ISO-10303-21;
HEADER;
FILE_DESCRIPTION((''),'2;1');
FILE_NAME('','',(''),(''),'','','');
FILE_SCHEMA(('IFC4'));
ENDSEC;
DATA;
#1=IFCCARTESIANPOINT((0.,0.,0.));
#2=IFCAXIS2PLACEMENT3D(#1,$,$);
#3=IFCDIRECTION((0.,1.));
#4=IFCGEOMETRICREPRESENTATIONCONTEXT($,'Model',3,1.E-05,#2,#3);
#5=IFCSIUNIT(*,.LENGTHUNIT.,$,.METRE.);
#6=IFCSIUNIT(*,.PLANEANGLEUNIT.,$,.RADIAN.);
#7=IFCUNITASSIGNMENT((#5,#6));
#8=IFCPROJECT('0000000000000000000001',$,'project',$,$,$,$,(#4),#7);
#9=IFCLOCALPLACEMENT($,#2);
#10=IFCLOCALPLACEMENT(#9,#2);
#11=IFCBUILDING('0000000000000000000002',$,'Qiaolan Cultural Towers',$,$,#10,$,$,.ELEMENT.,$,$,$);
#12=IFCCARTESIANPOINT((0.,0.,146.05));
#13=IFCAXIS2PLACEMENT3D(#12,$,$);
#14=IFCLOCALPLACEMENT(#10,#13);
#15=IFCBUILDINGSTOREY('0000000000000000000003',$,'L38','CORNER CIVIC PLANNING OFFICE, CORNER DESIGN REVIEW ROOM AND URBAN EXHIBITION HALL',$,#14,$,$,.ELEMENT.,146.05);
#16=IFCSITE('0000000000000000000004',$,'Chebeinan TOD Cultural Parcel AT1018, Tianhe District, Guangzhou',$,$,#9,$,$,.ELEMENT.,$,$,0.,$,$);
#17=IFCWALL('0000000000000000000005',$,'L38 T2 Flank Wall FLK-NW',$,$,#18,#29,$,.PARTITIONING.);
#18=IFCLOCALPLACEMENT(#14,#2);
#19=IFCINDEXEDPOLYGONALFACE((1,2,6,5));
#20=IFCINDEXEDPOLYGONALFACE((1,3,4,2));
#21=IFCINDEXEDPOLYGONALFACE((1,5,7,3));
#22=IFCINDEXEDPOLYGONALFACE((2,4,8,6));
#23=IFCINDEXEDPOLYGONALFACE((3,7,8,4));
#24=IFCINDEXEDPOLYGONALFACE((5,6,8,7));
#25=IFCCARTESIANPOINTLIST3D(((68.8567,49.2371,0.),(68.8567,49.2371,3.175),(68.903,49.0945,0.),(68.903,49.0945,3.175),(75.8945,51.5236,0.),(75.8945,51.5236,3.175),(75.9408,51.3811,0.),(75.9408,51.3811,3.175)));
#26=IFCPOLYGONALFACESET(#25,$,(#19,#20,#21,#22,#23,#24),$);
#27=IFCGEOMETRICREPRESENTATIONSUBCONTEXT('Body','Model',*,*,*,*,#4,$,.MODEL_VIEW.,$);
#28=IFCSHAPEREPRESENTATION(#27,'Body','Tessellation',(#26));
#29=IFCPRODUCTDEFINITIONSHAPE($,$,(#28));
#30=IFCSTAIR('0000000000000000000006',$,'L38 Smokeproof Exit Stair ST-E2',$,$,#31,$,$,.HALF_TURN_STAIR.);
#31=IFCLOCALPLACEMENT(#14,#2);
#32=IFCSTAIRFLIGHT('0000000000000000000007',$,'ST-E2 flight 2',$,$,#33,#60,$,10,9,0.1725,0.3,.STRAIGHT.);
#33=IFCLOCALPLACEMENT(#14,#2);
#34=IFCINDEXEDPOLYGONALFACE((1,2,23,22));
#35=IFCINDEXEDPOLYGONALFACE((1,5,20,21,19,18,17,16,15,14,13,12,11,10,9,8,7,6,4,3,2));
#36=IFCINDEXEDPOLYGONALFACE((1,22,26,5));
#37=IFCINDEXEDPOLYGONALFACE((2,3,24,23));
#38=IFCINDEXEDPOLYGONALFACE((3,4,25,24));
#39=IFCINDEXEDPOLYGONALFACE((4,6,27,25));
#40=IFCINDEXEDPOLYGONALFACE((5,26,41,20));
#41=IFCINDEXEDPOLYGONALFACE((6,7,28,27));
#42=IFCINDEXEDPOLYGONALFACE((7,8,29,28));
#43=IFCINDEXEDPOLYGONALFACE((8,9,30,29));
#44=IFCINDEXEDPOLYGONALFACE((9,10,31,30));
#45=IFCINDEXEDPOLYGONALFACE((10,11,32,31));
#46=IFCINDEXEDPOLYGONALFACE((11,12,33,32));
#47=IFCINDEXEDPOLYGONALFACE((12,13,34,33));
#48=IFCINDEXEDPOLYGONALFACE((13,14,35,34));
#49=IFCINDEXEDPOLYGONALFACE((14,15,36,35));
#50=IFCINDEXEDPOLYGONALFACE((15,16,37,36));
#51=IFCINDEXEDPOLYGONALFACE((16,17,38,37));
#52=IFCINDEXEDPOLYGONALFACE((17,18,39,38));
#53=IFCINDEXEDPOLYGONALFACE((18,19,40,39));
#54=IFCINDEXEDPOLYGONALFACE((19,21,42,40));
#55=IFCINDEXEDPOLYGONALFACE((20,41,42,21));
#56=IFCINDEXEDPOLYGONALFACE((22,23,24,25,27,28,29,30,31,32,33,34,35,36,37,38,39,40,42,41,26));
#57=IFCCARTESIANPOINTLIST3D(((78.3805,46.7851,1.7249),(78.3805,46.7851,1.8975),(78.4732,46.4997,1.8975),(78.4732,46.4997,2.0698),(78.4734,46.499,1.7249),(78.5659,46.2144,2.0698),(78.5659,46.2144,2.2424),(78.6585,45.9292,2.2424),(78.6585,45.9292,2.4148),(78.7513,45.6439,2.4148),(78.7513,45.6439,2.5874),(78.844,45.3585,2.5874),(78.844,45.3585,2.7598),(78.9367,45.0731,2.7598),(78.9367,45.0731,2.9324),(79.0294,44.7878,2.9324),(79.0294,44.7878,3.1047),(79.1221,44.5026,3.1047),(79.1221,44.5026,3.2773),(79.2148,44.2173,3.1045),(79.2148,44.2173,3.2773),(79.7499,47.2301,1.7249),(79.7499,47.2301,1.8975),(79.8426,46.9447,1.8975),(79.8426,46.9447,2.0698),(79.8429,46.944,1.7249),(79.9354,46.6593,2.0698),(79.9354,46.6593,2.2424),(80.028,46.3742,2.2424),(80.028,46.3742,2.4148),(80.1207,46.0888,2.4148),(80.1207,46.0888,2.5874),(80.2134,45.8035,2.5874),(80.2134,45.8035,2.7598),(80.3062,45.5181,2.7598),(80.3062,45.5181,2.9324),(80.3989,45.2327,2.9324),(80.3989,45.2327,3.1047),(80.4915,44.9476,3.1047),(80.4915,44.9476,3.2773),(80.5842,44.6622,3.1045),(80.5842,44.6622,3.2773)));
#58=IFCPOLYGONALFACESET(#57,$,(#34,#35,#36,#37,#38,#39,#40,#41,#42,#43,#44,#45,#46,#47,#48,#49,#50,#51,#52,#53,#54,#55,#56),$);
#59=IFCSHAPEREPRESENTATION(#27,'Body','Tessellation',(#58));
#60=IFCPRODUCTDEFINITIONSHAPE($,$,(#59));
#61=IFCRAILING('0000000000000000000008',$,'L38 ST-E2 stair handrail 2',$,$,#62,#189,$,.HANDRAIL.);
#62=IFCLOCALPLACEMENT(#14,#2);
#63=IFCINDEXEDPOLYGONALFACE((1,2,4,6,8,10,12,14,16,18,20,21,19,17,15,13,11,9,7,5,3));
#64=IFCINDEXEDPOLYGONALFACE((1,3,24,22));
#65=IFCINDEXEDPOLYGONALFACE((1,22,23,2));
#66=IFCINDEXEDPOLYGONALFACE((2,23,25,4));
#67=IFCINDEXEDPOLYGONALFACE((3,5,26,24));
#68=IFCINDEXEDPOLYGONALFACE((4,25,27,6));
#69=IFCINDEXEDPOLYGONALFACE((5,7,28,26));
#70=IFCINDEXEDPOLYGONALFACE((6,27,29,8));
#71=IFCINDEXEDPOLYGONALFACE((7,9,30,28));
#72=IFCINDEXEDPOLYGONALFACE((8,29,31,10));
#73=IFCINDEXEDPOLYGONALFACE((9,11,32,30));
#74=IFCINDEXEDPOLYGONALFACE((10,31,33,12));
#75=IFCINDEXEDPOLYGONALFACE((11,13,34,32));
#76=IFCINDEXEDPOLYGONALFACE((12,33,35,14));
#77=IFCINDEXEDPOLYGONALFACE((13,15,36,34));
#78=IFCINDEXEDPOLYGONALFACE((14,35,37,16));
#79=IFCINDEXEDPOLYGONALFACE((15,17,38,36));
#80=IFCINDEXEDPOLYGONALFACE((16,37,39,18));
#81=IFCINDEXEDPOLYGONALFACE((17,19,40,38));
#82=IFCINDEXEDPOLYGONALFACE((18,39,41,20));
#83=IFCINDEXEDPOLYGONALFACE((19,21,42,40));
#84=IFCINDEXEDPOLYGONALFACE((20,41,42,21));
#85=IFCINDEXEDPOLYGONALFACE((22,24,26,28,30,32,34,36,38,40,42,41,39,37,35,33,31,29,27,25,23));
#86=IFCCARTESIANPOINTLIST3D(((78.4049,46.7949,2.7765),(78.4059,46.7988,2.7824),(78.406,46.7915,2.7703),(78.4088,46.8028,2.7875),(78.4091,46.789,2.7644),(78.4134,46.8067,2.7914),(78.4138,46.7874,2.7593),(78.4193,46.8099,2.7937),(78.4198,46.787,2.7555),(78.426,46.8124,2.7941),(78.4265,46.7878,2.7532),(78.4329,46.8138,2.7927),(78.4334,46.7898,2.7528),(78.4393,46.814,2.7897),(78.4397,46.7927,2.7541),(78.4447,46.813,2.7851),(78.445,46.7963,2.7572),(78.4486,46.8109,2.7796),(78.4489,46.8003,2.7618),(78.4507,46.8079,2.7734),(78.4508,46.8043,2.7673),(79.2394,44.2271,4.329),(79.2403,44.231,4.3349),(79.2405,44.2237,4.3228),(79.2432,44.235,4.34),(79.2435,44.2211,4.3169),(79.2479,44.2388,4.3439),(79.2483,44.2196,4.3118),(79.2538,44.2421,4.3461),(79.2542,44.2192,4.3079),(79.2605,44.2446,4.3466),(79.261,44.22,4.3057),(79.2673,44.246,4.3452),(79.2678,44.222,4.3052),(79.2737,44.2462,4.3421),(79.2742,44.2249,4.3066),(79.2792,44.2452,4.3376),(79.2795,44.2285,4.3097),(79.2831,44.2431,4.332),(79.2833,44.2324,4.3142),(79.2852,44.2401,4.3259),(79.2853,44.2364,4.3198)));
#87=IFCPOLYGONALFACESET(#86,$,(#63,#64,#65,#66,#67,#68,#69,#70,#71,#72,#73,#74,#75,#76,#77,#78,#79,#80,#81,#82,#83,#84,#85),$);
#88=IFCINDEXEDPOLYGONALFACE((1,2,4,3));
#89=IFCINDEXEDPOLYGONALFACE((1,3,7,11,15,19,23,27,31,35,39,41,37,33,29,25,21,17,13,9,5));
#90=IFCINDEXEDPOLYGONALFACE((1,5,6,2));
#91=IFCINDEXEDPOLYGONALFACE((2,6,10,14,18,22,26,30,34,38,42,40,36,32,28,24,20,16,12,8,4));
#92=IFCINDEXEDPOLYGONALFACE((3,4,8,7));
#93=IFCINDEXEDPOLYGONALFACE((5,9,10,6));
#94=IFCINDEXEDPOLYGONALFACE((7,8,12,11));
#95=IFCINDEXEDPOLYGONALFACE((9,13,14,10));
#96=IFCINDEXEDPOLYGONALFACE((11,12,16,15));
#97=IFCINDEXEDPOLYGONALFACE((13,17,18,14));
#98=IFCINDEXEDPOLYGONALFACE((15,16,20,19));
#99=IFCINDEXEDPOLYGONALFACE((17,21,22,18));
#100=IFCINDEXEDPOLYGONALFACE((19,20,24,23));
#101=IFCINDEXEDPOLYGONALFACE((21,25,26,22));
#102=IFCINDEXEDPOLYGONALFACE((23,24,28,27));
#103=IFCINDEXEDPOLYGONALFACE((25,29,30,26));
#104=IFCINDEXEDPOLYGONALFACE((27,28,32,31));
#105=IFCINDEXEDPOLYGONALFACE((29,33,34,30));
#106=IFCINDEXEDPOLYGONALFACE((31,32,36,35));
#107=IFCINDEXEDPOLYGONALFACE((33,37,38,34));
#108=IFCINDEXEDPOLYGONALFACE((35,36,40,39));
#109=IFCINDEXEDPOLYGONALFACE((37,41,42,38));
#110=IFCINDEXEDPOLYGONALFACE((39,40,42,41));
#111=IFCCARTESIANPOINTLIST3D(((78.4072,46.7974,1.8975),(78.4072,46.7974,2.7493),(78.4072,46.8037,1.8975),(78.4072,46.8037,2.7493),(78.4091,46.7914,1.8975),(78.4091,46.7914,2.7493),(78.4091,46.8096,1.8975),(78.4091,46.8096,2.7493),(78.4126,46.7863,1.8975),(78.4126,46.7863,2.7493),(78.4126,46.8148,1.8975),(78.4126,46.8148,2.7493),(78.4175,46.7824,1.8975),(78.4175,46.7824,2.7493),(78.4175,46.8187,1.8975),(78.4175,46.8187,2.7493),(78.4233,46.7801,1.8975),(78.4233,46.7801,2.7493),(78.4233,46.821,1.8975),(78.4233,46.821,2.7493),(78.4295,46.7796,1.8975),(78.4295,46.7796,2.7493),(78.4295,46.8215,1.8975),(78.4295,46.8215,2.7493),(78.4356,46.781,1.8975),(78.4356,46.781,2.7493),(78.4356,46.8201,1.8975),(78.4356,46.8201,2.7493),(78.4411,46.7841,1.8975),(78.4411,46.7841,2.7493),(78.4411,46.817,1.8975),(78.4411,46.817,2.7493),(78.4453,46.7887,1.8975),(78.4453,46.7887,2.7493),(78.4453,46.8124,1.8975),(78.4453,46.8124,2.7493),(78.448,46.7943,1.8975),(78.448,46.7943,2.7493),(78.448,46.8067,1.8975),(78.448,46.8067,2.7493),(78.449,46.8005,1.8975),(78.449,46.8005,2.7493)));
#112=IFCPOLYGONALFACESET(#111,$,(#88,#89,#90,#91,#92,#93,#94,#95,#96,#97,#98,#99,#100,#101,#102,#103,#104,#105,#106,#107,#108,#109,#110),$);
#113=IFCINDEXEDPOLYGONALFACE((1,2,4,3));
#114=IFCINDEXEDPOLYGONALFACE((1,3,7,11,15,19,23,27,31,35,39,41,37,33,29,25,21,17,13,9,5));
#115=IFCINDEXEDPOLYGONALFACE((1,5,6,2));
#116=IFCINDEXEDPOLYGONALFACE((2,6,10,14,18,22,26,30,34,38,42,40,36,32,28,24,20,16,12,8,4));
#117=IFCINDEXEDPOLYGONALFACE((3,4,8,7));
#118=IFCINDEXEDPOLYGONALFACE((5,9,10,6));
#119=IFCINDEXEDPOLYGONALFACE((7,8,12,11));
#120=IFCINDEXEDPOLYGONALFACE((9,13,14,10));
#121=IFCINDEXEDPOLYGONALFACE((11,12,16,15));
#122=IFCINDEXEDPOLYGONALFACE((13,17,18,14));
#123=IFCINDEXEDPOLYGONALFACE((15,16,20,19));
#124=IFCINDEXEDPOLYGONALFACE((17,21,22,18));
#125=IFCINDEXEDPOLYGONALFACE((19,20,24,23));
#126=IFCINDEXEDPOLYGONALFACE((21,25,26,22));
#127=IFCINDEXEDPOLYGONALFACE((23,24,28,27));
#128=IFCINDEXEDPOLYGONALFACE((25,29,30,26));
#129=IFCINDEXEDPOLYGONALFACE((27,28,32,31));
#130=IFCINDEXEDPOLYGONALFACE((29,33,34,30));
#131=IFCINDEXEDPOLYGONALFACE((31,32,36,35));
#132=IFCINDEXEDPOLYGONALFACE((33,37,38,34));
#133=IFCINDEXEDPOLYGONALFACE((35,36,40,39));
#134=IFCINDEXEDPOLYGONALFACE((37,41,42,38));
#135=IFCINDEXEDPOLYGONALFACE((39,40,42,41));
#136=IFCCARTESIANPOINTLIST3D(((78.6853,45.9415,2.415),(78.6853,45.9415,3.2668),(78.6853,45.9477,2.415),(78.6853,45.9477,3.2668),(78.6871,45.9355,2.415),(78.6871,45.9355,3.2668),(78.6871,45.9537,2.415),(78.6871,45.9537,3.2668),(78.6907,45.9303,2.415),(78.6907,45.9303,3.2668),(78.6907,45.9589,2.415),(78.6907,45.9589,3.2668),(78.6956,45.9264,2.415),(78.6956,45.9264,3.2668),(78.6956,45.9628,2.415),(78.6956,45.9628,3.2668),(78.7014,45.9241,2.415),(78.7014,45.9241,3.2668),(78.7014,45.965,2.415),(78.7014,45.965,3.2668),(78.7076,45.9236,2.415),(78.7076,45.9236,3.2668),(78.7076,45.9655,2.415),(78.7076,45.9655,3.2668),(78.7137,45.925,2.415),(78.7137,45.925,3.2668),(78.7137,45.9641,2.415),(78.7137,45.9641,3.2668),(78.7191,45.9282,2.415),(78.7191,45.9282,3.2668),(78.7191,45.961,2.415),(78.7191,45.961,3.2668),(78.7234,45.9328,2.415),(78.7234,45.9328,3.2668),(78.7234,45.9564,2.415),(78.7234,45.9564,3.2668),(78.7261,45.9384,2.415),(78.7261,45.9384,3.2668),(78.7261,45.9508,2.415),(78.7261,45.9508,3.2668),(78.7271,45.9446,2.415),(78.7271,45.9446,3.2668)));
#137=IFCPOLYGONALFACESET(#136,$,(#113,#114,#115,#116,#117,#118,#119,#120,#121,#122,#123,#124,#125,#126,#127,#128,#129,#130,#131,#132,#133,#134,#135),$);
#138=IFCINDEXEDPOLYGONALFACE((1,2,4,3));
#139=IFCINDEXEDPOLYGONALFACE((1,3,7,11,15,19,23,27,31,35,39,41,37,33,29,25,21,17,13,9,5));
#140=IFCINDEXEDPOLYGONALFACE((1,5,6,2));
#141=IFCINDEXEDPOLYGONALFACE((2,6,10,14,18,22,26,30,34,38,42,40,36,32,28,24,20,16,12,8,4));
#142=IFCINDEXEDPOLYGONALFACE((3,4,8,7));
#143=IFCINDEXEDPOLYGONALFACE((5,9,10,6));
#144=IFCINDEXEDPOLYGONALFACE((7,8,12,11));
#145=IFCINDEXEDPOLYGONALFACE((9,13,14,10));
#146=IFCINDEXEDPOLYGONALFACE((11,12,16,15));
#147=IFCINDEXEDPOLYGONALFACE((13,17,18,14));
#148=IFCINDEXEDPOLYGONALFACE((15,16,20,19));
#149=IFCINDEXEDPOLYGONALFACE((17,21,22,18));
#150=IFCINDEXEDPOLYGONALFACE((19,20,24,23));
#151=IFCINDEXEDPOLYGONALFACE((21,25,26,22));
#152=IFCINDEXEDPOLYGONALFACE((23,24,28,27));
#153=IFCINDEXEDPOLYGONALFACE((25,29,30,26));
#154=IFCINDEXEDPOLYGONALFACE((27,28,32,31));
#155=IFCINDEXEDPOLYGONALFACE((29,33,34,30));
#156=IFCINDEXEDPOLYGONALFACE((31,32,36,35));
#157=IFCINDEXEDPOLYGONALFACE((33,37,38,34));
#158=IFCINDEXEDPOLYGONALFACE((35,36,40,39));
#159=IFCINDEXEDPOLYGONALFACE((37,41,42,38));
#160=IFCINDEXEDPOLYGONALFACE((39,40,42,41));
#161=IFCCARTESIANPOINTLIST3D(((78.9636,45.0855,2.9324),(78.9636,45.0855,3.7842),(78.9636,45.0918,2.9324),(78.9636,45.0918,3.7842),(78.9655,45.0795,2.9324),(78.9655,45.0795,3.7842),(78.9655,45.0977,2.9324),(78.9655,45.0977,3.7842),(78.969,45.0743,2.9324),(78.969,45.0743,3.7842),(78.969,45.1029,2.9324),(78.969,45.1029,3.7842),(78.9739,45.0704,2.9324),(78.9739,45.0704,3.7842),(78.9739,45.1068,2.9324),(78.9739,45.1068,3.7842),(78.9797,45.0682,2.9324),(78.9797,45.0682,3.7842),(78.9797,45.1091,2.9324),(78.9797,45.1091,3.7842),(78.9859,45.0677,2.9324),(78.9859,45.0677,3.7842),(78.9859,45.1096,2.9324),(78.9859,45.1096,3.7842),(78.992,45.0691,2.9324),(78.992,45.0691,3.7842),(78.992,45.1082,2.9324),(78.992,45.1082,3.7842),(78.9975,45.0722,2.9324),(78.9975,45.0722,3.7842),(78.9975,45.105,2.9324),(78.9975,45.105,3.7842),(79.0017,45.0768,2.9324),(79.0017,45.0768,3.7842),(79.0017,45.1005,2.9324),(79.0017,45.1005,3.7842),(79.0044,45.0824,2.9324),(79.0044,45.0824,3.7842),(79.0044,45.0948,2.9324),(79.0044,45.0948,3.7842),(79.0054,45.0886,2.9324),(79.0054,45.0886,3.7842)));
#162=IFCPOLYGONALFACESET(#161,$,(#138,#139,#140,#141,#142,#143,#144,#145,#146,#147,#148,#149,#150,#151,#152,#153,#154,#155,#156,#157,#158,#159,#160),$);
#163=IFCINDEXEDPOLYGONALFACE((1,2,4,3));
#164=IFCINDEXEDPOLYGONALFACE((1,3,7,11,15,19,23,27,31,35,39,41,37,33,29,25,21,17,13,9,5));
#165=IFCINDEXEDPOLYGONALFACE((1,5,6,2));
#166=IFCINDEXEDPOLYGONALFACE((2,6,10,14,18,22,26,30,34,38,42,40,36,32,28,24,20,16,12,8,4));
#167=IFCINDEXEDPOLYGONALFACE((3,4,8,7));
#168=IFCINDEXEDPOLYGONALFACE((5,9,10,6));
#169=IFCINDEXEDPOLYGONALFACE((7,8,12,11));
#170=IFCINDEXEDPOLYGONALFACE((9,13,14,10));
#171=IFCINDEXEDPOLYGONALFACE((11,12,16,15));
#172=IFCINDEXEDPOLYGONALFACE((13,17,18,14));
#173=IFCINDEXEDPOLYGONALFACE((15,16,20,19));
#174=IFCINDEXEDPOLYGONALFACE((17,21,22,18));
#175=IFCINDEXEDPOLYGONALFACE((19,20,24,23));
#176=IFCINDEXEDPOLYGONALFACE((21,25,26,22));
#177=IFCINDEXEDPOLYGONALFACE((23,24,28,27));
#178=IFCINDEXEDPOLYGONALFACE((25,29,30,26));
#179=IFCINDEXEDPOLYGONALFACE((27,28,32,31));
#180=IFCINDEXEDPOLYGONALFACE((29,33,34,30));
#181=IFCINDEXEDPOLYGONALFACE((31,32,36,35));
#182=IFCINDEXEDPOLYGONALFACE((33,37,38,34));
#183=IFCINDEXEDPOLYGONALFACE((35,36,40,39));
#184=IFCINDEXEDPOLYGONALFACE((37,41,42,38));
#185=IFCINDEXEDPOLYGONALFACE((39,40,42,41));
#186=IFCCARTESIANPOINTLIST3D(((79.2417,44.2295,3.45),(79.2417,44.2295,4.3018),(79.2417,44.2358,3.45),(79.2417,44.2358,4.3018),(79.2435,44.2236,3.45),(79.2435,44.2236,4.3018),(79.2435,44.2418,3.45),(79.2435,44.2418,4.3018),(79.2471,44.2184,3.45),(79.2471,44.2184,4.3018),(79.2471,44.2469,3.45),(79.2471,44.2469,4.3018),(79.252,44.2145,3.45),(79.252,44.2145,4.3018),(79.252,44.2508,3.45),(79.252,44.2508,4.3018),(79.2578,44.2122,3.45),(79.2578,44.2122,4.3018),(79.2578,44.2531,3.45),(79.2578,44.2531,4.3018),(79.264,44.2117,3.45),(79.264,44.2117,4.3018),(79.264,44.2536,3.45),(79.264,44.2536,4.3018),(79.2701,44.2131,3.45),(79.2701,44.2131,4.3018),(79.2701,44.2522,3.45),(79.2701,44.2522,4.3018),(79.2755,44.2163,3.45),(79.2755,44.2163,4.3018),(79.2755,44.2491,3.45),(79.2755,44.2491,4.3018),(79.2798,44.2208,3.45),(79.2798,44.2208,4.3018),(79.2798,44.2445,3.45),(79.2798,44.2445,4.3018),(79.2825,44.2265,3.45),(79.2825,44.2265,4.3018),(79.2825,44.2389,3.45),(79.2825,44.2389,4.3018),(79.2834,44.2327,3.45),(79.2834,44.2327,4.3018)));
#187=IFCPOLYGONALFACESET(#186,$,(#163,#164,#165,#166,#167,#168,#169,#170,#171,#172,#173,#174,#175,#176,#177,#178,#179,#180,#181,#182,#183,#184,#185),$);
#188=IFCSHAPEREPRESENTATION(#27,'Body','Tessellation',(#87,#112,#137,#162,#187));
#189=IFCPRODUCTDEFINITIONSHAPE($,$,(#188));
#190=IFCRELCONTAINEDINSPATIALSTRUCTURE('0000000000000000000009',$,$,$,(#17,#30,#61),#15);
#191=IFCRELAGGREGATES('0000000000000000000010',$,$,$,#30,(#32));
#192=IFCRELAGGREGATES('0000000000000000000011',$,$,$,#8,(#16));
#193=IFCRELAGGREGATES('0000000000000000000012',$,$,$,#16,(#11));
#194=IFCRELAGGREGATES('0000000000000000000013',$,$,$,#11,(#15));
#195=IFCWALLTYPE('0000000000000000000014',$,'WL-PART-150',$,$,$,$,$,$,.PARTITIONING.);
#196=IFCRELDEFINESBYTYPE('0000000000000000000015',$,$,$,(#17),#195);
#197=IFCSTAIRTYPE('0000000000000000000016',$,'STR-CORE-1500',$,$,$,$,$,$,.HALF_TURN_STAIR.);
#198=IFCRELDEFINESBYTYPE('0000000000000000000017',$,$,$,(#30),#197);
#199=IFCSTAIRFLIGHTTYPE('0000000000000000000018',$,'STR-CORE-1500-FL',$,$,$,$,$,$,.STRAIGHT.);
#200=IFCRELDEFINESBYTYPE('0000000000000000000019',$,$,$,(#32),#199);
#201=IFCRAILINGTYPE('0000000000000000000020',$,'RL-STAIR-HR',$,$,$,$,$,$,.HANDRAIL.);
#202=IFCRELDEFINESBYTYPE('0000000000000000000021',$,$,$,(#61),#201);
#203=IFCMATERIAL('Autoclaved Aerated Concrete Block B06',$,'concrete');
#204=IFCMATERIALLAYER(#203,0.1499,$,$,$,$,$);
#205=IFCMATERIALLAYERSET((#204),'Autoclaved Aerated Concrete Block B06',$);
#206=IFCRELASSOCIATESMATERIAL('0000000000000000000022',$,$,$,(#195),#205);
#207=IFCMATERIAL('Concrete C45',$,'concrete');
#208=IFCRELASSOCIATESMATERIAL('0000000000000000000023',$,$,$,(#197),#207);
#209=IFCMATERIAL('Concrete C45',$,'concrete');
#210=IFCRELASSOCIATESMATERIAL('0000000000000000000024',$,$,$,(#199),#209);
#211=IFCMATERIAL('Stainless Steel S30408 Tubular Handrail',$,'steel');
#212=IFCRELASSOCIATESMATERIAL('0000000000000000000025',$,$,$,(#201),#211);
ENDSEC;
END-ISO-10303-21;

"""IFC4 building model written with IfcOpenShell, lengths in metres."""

from ifc_helpers import new_model, si_unit, direction, frame, frame_2d, origin, origin_2d, place, context, subcontext, project, spatial, polyline, rectangle, circle, outline, extrude, material, layer, layer_set, type_object, element, aggregate, save


model = new_model("IFC4")

# Units and contexts
model_context = context("Model", 3, precision=1e-05, world=origin(), true_north=direction((0.0, 1.0)))
body_context = subcontext(model_context, "Body", "Model", "MODEL_VIEW")
ifc_project = project(units=[si_unit("LENGTHUNIT", "METRE"), si_unit("PLANEANGLEUNIT", "RADIAN")], contexts=[model_context])

# Site, building, storey
site_placement = place(None, origin())
site = spatial("IfcSite", under=ifc_project, at=site_placement, Name="Chebeinan TOD Cultural Parcel AT1018, Tianhe District, Guangzhou", CompositionType="ELEMENT", RefElevation=0.0)
building_placement = place(site_placement, origin())
building = spatial("IfcBuilding", under=site, at=building_placement, Name="Qiaolan Cultural Towers", CompositionType="ELEMENT")
storey_placement = place(building_placement, frame((0.0, 0.0, 146.05)))
storey = spatial("IfcBuildingStorey", under=building, at=storey_placement, Name="L38", Description="CORNER CIVIC PLANNING OFFICE, CORNER DESIGN REVIEW ROOM AND URBAN EXHIBITION HALL", CompositionType="ELEMENT", Elevation=146.05)

# Wall
ifc_material_1 = material(Name="Autoclaved Aerated Concrete Block B06", Category="concrete")
ifc_layer_1 = layer(ifc_material_1, 0.1499)
ifc_layer_set_1 = layer_set([ifc_layer_1], Name="Autoclaved Aerated Concrete Block B06")
wall_type_1 = type_object("IfcWallType", Name="WL-PART-150", PredefinedType="PARTITIONING", material=ifc_layer_set_1)
wall_1_placement = place(storey_placement, frame((68.8799, 49.1658, 0.0), z_axis=(0.0, 0.0, 1.0), x_axis=(0.951061, 0.309003, 0.0)))
element("IfcWall", 1, at=wall_1_placement, inside=storey, type_object=wall_type_1, Name="L38 T2 Flank Wall FLK-NW", PredefinedType="PARTITIONING", context=body_context, shape_type="SweptSolid", body=[
    extrude(rectangle(XDim=7.3999, YDim=0.1499, at=frame_2d((3.7, 0.0))), origin(), (0.0, 0.0, 1.0), 3.175),
])

# Stair, stair flight
ifc_material_2 = material(Name="Concrete C45", Category="concrete")
stair_type = type_object("IfcStairType", Name="STR-CORE-1500", PredefinedType="HALF_TURN_STAIR", material=ifc_material_2)
stair_placement = place(storey_placement, origin())
stair = element("IfcStair", 2, at=stair_placement, inside=storey, type_object=stair_type, Name="L38 Smokeproof Exit Stair ST-E2", PredefinedType="HALF_TURN_STAIR")
ifc_material_3 = material(Name="Concrete C45", Category="concrete")
stair_flight_type = type_object("IfcStairFlightType", Name="STR-CORE-1500-FL", PredefinedType="STRAIGHT", material=ifc_material_3)
stair_flight_placement = place(storey_placement, frame((79.0652, 47.0076, 1.7249), z_axis=(0.0, 0.0, 1.0), x_axis=(0.309017, -0.951057, 0.0)))
stair_flight = element("IfcStairFlight", 3, at=stair_flight_placement, type_object=stair_flight_type, Name="ST-E2 flight 2", NumberOfRisers=10, NumberOfTreads=9, PredefinedType="STRAIGHT", RiserHeight=0.1725, TreadLength=0.3, context=body_context, shape_type="SweptSolid", body=[
    extrude(outline(polyline([(0.0, 0.0), (0.0, 0.1726), (0.3, 0.1726), (0.3, 0.345), (0.6001, 0.345), (0.6001, 0.5176), (0.8999, 0.5176), (0.8999, 0.6899), (1.2, 0.6899), (1.2, 0.8625), (1.5, 0.8625), (1.5, 1.0349), (1.8, 1.0349), (1.8, 1.2075), (2.1001, 1.2075), (2.1001, 1.3799), (2.3999, 1.3799), (2.3999, 1.5525), (2.7, 1.5525), (2.7, 1.7251), (2.7, 1.3796), (0.3008, 0.0), (0.0, 0.0)])), frame((0.0, 0.72, 0.0), z_axis=(0.0, -1.0, 0.0), x_axis=(1.0, 0.0, 0.0)), (0.0, 0.0, 1.0), 1.4399),
])
aggregate(stair, [stair_flight])

# Railing
ifc_material_4 = material(Name="Stainless Steel S30408 Tubular Handrail", Category="steel")
railing_type = type_object("IfcRailingType", Name="RL-STAIR-HR", PredefinedType="HANDRAIL", material=ifc_material_4)
railing_placement = place(storey_placement, frame((78.428, 46.8005, 1.8975)))
element("IfcRailing", 4, at=railing_placement, inside=storey, type_object=railing_type, Name="L38 ST-E2 stair handrail 2", PredefinedType="HANDRAIL", context=body_context, shape_type="SweptSolid", body=[
    extrude(circle(Radius=0.0239, at=origin_2d()), frame((0.0, 0.0, 0.876), z_axis=(0.267926, -0.824471, 0.498461), x_axis=(0.951043, 0.309057, 0.0)), (0.0, 0.0, 1.0), 3.1145),
    extrude(circle(Radius=0.021, at=origin_2d()), origin(), (0.0, 0.0, 1.0), 0.8518),
    extrude(circle(Radius=0.021, at=origin_2d()), frame((0.2781, -0.856, 0.5176)), (0.0, 0.0, 1.0), 0.8518),
    extrude(circle(Radius=0.021, at=origin_2d()), frame((0.5564, -1.7119, 1.0349)), (0.0, 0.0, 1.0), 0.8518),
    extrude(circle(Radius=0.021, at=origin_2d()), frame((0.8345, -2.5679, 1.5525)), (0.0, 0.0, 1.0), 0.8518),
])

save(model, "model.ifc")
